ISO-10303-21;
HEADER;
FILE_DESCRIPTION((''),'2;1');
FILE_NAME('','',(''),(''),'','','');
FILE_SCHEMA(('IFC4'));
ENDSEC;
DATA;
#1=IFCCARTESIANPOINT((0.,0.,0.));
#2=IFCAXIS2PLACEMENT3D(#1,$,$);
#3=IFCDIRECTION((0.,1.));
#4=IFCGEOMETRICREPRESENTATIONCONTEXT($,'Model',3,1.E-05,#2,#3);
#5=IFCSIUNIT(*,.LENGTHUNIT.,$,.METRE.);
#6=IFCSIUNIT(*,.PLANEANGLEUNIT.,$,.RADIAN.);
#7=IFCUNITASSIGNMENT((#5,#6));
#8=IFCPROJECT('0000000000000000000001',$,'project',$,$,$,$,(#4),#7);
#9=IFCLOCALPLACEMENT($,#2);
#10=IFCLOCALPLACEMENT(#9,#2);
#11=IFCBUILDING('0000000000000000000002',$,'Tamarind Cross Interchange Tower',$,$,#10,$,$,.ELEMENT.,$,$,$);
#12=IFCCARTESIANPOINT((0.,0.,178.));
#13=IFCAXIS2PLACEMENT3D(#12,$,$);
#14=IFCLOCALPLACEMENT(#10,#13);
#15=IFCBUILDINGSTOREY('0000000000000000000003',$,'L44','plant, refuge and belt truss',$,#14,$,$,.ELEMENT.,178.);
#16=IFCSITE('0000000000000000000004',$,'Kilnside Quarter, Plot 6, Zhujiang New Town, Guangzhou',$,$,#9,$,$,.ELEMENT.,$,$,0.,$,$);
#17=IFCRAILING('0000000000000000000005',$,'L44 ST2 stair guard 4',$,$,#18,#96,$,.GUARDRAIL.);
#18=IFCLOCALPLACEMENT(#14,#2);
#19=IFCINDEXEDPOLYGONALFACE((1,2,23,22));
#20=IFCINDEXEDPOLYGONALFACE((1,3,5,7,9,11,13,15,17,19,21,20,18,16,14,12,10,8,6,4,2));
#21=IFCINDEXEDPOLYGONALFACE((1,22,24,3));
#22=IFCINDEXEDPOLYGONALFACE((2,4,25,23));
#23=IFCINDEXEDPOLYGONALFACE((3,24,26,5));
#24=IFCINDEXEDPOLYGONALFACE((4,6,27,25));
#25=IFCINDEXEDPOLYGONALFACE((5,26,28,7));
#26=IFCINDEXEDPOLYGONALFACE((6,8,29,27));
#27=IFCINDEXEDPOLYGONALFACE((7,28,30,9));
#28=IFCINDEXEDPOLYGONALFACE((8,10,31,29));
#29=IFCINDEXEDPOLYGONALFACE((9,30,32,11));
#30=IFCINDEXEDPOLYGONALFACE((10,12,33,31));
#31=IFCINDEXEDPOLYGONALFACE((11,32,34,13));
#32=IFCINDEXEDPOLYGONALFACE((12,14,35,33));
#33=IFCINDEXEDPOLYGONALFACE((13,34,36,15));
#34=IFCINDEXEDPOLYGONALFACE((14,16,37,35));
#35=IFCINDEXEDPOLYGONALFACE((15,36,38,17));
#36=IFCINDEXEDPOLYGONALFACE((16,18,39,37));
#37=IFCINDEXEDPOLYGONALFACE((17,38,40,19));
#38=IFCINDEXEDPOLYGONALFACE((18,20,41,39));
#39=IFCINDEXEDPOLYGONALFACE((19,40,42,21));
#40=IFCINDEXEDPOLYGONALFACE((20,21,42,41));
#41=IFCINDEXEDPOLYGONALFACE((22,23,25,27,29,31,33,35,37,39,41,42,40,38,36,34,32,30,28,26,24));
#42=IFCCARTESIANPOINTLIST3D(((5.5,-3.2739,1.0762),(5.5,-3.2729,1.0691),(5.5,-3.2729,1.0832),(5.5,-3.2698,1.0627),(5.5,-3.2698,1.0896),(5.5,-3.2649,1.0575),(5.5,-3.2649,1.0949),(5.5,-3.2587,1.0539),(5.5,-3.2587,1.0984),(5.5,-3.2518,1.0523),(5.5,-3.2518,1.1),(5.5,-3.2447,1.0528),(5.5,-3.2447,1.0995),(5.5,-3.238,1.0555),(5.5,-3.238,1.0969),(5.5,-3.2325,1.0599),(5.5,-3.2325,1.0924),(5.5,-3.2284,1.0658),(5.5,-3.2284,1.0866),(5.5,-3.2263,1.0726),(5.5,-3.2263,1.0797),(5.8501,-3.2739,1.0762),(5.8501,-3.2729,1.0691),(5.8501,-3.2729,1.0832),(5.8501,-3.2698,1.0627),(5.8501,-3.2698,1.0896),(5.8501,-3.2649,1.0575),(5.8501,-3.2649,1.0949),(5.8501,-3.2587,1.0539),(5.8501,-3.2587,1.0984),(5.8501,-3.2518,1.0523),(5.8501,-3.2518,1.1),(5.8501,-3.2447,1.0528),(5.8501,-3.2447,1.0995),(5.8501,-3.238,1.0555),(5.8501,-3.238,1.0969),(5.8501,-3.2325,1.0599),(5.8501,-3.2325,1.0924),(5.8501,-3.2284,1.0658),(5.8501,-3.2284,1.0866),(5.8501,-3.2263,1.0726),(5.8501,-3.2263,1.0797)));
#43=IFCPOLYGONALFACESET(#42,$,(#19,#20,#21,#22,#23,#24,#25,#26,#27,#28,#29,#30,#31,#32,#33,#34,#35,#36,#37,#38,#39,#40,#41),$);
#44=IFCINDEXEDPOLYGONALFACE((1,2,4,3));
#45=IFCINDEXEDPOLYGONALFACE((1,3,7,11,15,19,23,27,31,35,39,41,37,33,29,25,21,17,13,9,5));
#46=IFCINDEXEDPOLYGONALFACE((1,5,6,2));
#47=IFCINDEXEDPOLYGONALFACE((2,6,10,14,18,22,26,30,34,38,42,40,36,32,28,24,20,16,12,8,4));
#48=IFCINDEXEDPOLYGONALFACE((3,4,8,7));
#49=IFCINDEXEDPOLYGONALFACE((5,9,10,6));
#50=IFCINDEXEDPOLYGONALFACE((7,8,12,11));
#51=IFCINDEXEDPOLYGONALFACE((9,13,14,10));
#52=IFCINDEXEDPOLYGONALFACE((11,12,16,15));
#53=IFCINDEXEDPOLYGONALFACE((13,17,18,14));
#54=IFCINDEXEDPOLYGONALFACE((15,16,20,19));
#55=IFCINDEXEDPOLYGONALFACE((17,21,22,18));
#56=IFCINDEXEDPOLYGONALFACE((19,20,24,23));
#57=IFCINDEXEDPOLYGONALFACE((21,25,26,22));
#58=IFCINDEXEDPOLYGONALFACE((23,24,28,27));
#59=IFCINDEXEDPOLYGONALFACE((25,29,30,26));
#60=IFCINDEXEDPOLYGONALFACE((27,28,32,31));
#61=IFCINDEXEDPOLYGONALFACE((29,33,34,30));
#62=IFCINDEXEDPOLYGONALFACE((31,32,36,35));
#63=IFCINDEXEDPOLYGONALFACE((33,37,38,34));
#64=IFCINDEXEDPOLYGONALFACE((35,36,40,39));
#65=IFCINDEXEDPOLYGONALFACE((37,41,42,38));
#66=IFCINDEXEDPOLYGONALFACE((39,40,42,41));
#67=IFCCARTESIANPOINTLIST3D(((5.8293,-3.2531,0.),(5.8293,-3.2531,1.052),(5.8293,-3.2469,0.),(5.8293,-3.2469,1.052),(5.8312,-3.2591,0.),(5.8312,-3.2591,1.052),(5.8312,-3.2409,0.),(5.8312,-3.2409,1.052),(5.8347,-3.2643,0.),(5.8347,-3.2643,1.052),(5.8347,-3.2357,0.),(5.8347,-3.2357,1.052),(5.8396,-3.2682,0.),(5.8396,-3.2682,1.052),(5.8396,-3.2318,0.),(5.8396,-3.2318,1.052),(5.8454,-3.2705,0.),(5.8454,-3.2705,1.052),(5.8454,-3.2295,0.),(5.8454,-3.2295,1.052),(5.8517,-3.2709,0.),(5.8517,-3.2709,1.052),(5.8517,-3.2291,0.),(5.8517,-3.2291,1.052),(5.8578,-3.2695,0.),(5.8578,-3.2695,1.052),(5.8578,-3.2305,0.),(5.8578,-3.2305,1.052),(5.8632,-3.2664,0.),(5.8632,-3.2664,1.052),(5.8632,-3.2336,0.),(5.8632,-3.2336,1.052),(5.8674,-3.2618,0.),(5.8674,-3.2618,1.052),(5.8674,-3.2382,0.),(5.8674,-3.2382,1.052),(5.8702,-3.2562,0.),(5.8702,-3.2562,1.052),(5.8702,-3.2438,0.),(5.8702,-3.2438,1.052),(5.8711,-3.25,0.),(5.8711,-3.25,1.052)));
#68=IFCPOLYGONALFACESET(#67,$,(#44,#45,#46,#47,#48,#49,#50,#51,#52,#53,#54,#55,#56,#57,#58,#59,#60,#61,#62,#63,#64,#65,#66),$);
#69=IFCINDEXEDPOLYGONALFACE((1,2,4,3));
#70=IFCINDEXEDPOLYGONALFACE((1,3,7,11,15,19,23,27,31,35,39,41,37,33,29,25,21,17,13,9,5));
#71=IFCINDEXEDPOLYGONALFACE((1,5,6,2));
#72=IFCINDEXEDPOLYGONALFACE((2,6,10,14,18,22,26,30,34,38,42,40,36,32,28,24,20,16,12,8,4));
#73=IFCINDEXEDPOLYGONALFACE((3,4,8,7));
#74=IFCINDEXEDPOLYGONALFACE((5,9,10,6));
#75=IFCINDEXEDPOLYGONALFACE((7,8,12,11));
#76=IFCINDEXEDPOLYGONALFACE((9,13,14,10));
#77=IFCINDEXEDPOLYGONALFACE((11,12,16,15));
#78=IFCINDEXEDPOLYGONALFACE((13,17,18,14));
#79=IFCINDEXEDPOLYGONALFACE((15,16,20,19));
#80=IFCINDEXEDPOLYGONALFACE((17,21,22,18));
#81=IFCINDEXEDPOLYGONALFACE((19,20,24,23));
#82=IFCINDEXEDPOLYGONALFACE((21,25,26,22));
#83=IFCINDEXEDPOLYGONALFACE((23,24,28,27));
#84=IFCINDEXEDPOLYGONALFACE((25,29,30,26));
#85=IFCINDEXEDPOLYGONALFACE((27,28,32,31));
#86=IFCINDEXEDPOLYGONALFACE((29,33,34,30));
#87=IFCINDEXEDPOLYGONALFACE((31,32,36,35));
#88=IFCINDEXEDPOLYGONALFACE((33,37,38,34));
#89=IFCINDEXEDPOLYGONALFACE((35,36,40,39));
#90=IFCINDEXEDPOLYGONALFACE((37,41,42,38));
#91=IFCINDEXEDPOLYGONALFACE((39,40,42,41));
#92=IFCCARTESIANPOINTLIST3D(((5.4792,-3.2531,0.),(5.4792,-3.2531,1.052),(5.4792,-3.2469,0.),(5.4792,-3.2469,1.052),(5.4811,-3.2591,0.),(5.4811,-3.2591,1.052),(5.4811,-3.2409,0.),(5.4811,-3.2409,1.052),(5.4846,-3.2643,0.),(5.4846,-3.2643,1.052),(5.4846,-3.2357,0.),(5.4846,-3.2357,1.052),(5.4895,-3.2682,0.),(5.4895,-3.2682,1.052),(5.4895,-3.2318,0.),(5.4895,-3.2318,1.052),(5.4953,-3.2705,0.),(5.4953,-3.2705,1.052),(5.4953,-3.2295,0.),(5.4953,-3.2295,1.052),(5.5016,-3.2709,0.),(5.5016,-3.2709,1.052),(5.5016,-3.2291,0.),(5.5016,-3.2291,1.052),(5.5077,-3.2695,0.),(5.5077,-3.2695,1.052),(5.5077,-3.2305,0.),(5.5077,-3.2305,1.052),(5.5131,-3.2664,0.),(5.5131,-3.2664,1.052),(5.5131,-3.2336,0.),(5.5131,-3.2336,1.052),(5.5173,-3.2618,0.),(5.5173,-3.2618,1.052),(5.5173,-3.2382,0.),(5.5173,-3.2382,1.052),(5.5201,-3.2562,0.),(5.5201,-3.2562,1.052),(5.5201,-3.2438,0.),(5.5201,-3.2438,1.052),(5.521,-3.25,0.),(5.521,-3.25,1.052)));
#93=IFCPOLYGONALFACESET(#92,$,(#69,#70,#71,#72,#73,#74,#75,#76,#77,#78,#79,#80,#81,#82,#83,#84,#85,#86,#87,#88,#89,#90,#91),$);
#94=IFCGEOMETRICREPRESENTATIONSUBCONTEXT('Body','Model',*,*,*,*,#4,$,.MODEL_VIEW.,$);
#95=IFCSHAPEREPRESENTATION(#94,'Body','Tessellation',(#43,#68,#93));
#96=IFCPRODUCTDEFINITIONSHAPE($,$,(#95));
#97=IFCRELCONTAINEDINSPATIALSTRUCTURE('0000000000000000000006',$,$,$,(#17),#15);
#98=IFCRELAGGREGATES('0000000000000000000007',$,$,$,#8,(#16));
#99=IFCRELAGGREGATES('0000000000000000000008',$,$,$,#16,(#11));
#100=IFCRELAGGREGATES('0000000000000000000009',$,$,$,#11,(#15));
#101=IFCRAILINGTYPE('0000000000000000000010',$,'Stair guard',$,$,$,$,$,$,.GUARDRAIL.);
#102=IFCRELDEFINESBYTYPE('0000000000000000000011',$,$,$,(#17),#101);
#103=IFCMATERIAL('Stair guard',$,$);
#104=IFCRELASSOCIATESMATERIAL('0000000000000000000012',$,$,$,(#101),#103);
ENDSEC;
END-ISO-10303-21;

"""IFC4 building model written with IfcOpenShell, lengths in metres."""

from ifc_helpers import new_model, si_unit, direction, frame, origin, origin_2d, place, context, subcontext, project, spatial, circle, extrude, material, type_object, element, save


model = new_model("IFC4")

# Units and contexts
model_context = context("Model", 3, precision=1e-05, world=origin(), true_north=direction((0.0, 1.0)))
body_context = subcontext(model_context, "Body", "Model", "MODEL_VIEW")
ifc_project = project(units=[si_unit("LENGTHUNIT", "METRE"), si_unit("PLANEANGLEUNIT", "RADIAN")], contexts=[model_context])

# Site, building, storey
site_placement = place(None, origin())
site = spatial("IfcSite", under=ifc_project, at=site_placement, Name="Kilnside Quarter, Plot 6, Zhujiang New Town, Guangzhou", CompositionType="ELEMENT", RefElevation=0.0)
building_placement = place(site_placement, origin())
building = spatial("IfcBuilding", under=site, at=building_placement, Name="Tamarind Cross Interchange Tower", CompositionType="ELEMENT")
storey_placement = place(building_placement, frame((0.0, 0.0, 178.0)))
storey = spatial("IfcBuildingStorey", under=building, at=storey_placement, Name="L44", Description="plant, refuge and belt truss", CompositionType="ELEMENT", Elevation=178.0)

# Railing
ifc_material_1 = material(Name="Stair guard")
railing_type_1 = type_object("IfcRailingType", Name="Stair guard", PredefinedType="GUARDRAIL", material=ifc_material_1)
railing_1_placement = place(storey_placement, frame((5.8501, -3.25, 0.0)))
element("IfcRailing", 1, at=railing_1_placement, inside=storey, type_object=railing_type_1, Name="L44 ST2 stair guard 4", PredefinedType="GUARDRAIL", context=body_context, shape_type="SweptSolid", body=[
    extrude(circle(Radius=0.0239, at=origin_2d()), frame((0.0, 0.0, 1.0762), z_axis=(-1.0, 0.0, 0.0), x_axis=(0.0, -1.0, 0.0)), (0.0, 0.0, 1.0), 0.3501),
    extrude(circle(Radius=0.021, at=origin_2d()), origin(), (0.0, 0.0, 1.0), 1.052),
    extrude(circle(Radius=0.021, at=origin_2d()), frame((-0.3501, 0.0, 0.0)), (0.0, 0.0, 1.0), 1.052),
])

save(model, "model.ifc")
